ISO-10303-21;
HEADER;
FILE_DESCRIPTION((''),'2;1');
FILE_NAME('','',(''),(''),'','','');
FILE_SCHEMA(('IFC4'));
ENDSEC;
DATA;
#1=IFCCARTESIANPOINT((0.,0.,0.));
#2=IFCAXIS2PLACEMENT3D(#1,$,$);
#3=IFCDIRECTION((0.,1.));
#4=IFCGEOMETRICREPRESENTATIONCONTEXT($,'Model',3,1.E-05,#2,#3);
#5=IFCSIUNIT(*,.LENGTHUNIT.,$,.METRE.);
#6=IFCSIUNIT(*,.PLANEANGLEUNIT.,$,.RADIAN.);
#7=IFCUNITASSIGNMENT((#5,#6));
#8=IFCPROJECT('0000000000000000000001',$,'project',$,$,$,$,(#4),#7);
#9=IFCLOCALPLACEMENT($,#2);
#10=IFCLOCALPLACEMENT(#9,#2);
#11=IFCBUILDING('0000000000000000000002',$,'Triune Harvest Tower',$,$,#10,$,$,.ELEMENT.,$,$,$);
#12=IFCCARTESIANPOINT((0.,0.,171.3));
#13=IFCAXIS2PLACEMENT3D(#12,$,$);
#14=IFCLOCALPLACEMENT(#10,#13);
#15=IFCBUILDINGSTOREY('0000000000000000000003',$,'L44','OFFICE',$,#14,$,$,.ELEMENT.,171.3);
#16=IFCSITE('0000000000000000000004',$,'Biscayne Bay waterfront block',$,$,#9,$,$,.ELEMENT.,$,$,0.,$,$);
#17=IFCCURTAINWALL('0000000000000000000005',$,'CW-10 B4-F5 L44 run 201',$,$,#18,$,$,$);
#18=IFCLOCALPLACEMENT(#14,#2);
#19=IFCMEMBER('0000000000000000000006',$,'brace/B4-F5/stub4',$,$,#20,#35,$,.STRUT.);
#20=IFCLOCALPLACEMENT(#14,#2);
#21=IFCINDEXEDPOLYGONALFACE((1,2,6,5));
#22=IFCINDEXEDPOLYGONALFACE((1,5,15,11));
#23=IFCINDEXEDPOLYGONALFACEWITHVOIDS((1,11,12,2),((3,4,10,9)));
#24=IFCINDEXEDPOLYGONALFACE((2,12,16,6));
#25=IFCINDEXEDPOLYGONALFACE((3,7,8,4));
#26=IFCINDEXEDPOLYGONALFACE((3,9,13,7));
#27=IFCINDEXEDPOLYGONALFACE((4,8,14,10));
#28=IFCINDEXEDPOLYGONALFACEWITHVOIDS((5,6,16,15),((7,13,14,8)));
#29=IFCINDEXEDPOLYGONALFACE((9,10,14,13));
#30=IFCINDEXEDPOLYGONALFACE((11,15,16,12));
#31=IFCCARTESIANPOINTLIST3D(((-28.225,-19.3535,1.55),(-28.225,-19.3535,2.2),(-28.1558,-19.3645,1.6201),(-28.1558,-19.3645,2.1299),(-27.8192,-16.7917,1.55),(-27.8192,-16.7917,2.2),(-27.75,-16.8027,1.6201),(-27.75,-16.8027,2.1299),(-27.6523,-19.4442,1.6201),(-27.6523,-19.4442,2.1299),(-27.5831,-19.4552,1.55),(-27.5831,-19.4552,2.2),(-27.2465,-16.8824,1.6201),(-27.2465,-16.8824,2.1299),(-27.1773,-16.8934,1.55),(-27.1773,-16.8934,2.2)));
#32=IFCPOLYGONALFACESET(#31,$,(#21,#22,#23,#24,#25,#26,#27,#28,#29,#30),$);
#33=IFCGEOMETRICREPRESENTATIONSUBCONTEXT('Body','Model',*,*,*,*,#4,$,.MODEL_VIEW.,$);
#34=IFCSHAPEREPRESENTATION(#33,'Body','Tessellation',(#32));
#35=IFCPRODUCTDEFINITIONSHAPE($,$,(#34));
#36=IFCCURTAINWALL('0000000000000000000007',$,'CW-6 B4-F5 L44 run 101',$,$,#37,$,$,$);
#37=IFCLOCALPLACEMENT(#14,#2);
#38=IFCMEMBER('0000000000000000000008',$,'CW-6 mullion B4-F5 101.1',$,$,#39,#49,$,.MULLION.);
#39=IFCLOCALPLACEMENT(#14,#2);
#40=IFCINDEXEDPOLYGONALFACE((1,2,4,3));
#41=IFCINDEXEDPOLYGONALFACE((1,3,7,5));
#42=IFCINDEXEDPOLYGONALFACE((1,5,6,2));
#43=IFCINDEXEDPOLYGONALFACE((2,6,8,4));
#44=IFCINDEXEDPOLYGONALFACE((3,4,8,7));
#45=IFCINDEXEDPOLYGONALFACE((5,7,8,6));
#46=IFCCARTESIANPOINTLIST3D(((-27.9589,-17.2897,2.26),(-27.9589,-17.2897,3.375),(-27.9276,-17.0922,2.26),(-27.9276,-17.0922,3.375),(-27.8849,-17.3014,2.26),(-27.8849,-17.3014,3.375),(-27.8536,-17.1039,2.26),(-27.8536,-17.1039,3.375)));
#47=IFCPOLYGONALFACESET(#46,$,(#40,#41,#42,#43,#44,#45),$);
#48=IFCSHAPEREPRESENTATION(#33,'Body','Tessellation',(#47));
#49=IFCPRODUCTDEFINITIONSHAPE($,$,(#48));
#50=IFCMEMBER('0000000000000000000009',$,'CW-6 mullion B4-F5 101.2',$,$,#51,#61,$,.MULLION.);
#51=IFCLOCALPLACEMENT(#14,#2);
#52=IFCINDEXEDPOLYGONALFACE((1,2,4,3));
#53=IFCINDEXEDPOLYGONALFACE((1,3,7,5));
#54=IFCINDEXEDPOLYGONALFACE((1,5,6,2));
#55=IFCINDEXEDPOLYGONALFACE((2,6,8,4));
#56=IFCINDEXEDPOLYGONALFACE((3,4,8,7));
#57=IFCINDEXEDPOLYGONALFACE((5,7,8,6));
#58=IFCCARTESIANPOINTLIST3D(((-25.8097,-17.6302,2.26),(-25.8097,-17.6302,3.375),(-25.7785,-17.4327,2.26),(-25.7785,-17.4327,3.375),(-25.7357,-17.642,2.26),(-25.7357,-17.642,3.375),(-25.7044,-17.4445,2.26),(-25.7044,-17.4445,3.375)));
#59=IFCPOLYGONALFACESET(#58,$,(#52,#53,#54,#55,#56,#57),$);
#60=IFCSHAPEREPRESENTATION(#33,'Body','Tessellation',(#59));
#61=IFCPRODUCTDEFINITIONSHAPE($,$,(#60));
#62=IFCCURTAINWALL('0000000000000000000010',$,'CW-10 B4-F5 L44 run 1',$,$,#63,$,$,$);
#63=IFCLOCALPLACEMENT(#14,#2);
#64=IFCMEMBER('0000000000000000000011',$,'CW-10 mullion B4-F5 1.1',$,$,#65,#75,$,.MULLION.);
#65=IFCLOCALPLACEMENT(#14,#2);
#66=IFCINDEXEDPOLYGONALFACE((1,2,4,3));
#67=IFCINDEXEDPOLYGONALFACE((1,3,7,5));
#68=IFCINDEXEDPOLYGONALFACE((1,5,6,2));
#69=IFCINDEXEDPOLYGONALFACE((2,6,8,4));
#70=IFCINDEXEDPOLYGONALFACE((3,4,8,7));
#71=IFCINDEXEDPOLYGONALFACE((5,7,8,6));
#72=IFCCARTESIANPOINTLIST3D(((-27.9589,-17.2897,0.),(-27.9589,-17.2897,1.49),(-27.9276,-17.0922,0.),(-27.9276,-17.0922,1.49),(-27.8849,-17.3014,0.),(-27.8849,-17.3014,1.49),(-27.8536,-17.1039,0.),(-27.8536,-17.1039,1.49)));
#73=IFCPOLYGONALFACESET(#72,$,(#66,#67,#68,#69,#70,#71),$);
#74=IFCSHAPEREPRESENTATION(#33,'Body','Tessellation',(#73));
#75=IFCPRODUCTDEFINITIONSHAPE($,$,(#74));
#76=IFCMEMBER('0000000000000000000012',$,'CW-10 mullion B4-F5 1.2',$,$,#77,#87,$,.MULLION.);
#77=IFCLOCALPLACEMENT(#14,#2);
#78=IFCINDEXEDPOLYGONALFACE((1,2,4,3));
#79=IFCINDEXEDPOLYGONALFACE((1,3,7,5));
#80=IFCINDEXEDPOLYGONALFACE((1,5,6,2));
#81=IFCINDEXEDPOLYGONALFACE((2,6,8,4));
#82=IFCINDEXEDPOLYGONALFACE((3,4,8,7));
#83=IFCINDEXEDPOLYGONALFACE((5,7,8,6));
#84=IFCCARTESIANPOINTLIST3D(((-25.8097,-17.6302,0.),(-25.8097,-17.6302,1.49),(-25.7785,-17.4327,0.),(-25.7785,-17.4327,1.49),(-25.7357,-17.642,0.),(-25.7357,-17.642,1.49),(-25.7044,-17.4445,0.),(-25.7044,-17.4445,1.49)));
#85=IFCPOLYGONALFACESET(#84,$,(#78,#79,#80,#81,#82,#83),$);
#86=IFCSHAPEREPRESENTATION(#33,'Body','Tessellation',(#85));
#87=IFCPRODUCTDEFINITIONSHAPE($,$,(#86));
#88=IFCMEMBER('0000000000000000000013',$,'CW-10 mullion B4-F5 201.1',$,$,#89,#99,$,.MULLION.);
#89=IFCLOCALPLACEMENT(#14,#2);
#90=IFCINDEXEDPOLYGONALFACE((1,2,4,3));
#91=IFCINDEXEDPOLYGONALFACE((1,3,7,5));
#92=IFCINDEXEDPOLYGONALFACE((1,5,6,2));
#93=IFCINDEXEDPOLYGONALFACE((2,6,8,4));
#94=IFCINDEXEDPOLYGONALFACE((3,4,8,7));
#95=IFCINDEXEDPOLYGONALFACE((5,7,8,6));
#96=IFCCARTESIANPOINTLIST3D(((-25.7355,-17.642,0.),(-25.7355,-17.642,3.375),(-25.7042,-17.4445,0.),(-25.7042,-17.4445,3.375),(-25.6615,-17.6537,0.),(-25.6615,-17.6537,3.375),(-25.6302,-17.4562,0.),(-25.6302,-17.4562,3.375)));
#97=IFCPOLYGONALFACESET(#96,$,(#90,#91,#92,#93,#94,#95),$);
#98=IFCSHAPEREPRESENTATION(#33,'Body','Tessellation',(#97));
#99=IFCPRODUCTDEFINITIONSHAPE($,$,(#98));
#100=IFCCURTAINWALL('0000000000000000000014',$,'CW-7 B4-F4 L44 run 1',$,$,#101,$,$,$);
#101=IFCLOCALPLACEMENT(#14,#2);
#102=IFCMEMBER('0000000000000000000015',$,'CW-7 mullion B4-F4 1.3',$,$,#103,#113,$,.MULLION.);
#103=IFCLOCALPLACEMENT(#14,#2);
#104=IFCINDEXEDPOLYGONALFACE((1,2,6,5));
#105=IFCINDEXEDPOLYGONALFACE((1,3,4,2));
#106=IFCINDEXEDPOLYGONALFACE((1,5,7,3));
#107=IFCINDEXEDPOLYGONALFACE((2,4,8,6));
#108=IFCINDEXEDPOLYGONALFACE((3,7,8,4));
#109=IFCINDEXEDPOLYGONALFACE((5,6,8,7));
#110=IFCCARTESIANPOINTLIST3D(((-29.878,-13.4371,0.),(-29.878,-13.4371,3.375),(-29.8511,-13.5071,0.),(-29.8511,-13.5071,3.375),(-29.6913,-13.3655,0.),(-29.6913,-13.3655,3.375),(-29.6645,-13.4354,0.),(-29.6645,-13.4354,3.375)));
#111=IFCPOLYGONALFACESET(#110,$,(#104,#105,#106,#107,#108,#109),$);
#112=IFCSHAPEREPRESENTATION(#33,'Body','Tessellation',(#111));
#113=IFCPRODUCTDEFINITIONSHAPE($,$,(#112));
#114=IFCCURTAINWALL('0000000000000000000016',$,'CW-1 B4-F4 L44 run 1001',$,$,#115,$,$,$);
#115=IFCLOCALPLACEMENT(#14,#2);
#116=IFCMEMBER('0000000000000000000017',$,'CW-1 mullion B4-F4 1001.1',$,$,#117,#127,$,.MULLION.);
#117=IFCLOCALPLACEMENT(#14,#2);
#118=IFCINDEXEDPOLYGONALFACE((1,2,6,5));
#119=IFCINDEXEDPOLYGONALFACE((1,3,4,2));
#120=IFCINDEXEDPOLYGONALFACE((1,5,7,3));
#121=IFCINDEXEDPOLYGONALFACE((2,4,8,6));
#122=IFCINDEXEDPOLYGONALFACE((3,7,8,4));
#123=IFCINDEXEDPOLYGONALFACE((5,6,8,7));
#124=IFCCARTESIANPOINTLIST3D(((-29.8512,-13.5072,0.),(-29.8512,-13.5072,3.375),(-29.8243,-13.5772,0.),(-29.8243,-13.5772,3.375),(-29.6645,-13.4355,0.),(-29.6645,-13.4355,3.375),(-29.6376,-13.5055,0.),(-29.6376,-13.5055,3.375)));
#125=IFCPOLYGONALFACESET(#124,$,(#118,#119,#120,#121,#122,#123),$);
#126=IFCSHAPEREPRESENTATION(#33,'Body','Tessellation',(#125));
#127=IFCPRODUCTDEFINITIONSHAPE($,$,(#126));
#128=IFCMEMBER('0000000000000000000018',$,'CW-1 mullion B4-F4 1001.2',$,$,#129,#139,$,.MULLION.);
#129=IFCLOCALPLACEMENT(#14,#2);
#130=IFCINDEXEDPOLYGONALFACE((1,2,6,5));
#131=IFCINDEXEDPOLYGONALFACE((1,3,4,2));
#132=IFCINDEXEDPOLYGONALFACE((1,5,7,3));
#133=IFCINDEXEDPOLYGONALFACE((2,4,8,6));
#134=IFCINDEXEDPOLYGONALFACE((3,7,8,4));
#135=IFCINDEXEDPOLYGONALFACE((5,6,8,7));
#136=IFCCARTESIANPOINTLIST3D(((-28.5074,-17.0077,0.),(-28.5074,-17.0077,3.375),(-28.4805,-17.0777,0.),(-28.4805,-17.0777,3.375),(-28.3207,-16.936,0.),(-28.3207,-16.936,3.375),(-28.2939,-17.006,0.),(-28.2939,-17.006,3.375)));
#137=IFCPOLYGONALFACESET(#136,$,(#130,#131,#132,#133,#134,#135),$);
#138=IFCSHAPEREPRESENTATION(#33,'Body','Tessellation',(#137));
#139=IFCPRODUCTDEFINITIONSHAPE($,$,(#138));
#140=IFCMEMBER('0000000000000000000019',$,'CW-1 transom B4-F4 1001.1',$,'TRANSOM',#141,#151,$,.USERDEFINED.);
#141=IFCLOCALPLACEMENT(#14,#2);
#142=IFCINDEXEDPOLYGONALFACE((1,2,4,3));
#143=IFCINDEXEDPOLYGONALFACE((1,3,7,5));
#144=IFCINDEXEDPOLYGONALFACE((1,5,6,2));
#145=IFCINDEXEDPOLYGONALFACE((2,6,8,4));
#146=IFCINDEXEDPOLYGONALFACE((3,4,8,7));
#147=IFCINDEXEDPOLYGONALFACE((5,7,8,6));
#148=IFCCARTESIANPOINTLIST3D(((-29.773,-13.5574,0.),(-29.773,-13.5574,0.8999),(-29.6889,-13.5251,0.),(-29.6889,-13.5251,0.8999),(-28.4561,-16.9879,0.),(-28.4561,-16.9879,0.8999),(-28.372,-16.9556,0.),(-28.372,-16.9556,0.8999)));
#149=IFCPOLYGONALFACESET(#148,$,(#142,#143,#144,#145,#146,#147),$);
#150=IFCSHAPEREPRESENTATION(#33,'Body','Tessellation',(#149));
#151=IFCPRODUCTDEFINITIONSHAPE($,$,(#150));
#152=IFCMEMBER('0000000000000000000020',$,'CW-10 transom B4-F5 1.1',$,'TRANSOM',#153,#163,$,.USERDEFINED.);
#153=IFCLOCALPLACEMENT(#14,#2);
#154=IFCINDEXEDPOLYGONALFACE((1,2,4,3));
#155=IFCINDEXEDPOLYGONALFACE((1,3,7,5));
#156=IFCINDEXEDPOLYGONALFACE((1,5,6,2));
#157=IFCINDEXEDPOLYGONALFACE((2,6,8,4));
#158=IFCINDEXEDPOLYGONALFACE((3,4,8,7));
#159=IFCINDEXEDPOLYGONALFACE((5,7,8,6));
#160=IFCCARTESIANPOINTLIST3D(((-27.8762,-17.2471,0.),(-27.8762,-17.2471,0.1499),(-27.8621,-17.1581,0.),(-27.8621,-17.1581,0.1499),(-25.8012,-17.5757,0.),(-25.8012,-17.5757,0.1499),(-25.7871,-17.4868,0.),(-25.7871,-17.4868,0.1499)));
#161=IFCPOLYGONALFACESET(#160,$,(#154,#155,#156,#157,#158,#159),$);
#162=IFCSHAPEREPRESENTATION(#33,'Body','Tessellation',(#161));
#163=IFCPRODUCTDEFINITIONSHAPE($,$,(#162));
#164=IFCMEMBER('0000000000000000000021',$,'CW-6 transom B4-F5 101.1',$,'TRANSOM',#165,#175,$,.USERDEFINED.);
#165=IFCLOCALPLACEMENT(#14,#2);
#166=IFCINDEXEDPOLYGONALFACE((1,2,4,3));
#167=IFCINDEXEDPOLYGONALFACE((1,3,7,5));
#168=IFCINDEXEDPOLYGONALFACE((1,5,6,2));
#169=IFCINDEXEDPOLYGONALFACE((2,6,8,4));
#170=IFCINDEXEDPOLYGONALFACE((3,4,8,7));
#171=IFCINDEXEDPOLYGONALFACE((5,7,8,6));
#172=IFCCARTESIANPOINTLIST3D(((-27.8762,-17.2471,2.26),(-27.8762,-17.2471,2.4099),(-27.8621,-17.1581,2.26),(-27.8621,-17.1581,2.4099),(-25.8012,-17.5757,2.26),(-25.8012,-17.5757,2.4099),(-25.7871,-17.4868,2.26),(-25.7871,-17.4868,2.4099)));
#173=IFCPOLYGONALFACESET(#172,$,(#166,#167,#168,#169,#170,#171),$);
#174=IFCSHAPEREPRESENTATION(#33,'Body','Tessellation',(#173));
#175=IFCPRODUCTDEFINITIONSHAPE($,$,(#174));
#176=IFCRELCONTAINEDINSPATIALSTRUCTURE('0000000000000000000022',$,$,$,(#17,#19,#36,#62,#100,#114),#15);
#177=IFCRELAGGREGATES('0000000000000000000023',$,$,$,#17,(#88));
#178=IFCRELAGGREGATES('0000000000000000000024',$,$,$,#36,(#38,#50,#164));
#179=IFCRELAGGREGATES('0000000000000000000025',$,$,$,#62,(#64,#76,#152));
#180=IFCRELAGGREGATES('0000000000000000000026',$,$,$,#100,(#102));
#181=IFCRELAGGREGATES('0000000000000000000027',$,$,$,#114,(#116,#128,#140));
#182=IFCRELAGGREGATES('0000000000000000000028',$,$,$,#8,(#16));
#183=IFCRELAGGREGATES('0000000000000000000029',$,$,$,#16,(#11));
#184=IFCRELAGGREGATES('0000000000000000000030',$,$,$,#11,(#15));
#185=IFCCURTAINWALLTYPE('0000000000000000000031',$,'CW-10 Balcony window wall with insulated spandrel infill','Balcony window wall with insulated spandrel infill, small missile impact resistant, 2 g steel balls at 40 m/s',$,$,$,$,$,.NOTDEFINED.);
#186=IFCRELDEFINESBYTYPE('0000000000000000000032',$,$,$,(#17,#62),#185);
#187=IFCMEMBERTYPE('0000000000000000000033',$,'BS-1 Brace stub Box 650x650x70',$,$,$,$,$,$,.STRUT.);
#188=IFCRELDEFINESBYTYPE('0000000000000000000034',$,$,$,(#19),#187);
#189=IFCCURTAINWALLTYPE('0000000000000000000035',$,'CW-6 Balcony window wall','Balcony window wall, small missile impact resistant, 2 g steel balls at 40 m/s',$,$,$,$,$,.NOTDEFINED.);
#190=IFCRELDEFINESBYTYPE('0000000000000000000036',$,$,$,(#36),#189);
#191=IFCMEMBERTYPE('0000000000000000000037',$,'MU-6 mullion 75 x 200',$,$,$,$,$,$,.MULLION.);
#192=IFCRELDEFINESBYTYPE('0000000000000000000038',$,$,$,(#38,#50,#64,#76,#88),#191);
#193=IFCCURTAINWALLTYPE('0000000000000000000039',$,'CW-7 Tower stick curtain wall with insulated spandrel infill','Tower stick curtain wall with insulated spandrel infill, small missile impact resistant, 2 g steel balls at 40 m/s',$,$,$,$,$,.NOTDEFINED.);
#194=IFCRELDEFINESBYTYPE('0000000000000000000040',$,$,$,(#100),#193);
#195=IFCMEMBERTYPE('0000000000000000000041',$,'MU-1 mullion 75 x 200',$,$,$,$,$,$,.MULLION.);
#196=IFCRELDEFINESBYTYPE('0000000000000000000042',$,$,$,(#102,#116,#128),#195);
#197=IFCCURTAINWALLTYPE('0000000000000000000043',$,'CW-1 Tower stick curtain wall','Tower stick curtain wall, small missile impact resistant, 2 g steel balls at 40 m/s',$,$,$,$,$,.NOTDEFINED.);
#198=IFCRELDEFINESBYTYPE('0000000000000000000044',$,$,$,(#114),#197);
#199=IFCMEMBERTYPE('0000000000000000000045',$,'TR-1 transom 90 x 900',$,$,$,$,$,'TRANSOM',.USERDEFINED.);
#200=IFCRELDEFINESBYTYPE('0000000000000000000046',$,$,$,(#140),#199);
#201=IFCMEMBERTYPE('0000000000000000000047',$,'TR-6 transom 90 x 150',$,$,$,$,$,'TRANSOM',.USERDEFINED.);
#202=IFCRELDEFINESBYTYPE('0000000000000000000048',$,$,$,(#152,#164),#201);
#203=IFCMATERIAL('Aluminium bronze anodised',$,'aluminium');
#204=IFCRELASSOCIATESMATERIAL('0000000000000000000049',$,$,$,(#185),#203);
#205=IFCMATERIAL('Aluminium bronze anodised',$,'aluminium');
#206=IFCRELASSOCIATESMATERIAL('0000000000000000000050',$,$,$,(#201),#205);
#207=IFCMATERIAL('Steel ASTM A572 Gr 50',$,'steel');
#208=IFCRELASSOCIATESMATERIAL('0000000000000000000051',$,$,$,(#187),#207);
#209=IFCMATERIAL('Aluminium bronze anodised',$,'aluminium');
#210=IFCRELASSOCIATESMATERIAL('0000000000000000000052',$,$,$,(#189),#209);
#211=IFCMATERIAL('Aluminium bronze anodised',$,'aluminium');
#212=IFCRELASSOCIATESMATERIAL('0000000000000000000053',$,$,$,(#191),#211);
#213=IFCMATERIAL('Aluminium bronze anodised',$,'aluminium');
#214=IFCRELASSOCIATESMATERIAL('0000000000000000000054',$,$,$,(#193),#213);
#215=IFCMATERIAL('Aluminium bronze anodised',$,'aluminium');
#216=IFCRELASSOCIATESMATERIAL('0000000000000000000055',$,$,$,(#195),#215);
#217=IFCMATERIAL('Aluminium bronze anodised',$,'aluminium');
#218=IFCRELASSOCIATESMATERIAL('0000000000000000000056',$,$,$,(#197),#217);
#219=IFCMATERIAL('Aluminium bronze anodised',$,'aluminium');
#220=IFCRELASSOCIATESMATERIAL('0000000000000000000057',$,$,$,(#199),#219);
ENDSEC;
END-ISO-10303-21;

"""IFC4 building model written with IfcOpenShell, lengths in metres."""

from ifc_helpers import new_model, si_unit, direction, frame, origin, origin_2d, place, context, subcontext, project, spatial, rectangle, hollow_rectangle, extrude, source, transform, mapped, material, material_profile, profile_set, type_object, element, aggregate, save


model = new_model("IFC4")

# Units and contexts
model_context = context("Model", 3, precision=1e-05, world=origin(), true_north=direction((0.0, 1.0)))
body_context = subcontext(model_context, "Body", "Model", "MODEL_VIEW")
ifc_project = project(units=[si_unit("LENGTHUNIT", "METRE"), si_unit("PLANEANGLEUNIT", "RADIAN")], contexts=[model_context])

# Site, building, storey
site_placement = place(None, origin())
site = spatial("IfcSite", under=ifc_project, at=site_placement, Name="Biscayne Bay waterfront block", CompositionType="ELEMENT", RefElevation=0.0)
building_placement = place(site_placement, origin())
building = spatial("IfcBuilding", under=site, at=building_placement, Name="Triune Harvest Tower", CompositionType="ELEMENT")
storey_placement = place(building_placement, frame((0.0, 0.0, 171.3)))
storey = spatial("IfcBuildingStorey", under=building, at=storey_placement, Name="L44", Description="OFFICE", CompositionType="ELEMENT", Elevation=171.3)

# Curtain wall
ifc_material_1 = material(Name="Aluminium bronze anodised", Category="aluminium")
curtain_wall_type_1 = type_object("IfcCurtainWallType", Name="CW-10 Balcony window wall with insulated spandrel infill", Description="Balcony window wall with insulated spandrel infill, small missile impact resistant, 2 g steel balls at 40 m/s", PredefinedType="NOTDEFINED", material=ifc_material_1)
curtain_wall_1_placement = place(storey_placement, origin())
curtain_wall_1 = element("IfcCurtainWall", 1, at=curtain_wall_1_placement, inside=storey, type_object=curtain_wall_type_1, Name="CW-10 B4-F5 L44 run 201")
ifc_material_2 = material(Name="Aluminium bronze anodised", Category="aluminium")
ifc_material_profile_1 = material_profile(ifc_material_2, rectangle(XDim=0.0901, YDim=0.1499, at=origin_2d()), Name="TR-6 transom 90 x 150")
ifc_profile_set_1 = profile_set([ifc_material_profile_1], Name="Aluminium bronze anodised")
member_type_1 = type_object("IfcMemberType", Name="TR-6 transom 90 x 150", ElementType="TRANSOM", PredefinedType="USERDEFINED", material=ifc_profile_set_1)

# Member
ifc_material_3 = material(Name="Steel ASTM A572 Gr 50", Category="steel")
ifc_material_profile_2 = material_profile(ifc_material_3, hollow_rectangle(XDim=0.6499, YDim=0.6499, WallThickness=0.0701, at=origin_2d()), Name="Box 650x650x70")
ifc_profile_set_2 = profile_set([ifc_material_profile_2], Name="Steel ASTM A572 Gr 50")
member_type_2 = type_object("IfcMemberType", Name="BS-1 Brace stub Box 650x650x70", PredefinedType="STRUT", material=ifc_profile_set_2)
shared_shape_1 = source(origin(), body_context, "Body", "SweptSolid", [
    extrude(hollow_rectangle(XDim=0.6499, YDim=0.6499, WallThickness=0.0701, at=origin_2d()), origin(), (0.0, 0.0, 1.0), 2.5938),
])
member_1_placement = place(storey_placement, frame((-27.4983, -16.8425, 1.875), z_axis=(-0.156441, -0.987687, 0.0), x_axis=(0.987687, -0.156441, 0.0)))
element("IfcMember", 2, at=member_1_placement, inside=storey, type_object=member_type_2, Name="brace/B4-F5/stub4", PredefinedType="STRUT", context=body_context, shape_type="MappedRepresentation", body=[
    mapped(shared_shape_1, transform((0.0, 0.0, 0.0), scale=1.0)),
])

# Curtain walls, members
ifc_material_4 = material(Name="Aluminium bronze anodised", Category="aluminium")
curtain_wall_type_2 = type_object("IfcCurtainWallType", Name="CW-6 Balcony window wall", Description="Balcony window wall, small missile impact resistant, 2 g steel balls at 40 m/s", PredefinedType="NOTDEFINED", material=ifc_material_4)
curtain_wall_2_placement = place(storey_placement, origin())
curtain_wall_2 = element("IfcCurtainWall", 3, at=curtain_wall_2_placement, inside=storey, type_object=curtain_wall_type_2, Name="CW-6 B4-F5 L44 run 101")
ifc_material_5 = material(Name="Aluminium bronze anodised", Category="aluminium")
ifc_material_profile_3 = material_profile(ifc_material_5, rectangle(XDim=0.2, YDim=0.075, at=origin_2d()), Name="MU-6 mullion 75 x 200")
ifc_profile_set_3 = profile_set([ifc_material_profile_3], Name="Aluminium bronze anodised")
member_type_3 = type_object("IfcMemberType", Name="MU-6 mullion 75 x 200", PredefinedType="MULLION", material=ifc_profile_set_3)
shared_shape_2 = source(origin(), body_context, "Body", "SweptSolid", [
    extrude(rectangle(XDim=0.2, YDim=0.075, at=origin_2d()), origin(), (0.0, 0.0, 1.0), 1.115),
])
member_2_placement = place(storey_placement, frame((-27.9062, -17.1968, 2.26), z_axis=(0.0, 0.0, 1.0), x_axis=(0.156419, 0.987691, 0.0)))
member_2 = element("IfcMember", 4, at=member_2_placement, type_object=member_type_3, Name="CW-6 mullion B4-F5 101.1", PredefinedType="MULLION", context=body_context, shape_type="MappedRepresentation", body=[
    mapped(shared_shape_2, transform((0.0, 0.0, 0.0), scale=1.0)),
])
member_3_placement = place(storey_placement, frame((-25.7571, -17.5374, 2.26), z_axis=(0.0, 0.0, 1.0), x_axis=(0.156419, 0.987691, 0.0)))
member_3 = element("IfcMember", 5, at=member_3_placement, type_object=member_type_3, Name="CW-6 mullion B4-F5 101.2", PredefinedType="MULLION", context=body_context, shape_type="MappedRepresentation", body=[
    mapped(shared_shape_2, transform((0.0, 0.0, 0.0), scale=1.0)),
])
curtain_wall_3_placement = place(storey_placement, origin())
curtain_wall_3 = element("IfcCurtainWall", 6, at=curtain_wall_3_placement, inside=storey, type_object=curtain_wall_type_1, Name="CW-10 B4-F5 L44 run 1")
shared_shape_3 = source(origin(), body_context, "Body", "SweptSolid", [
    extrude(rectangle(XDim=0.2, YDim=0.075, at=origin_2d()), origin(), (0.0, 0.0, 1.0), 1.49),
])
member_4_placement = place(storey_placement, frame((-27.9062, -17.1968, 0.0), z_axis=(0.0, 0.0, 1.0), x_axis=(0.156419, 0.987691, 0.0)))
member_4 = element("IfcMember", 7, at=member_4_placement, type_object=member_type_3, Name="CW-10 mullion B4-F5 1.1", PredefinedType="MULLION", context=body_context, shape_type="MappedRepresentation", body=[
    mapped(shared_shape_3, transform((0.0, 0.0, 0.0), scale=1.0)),
])
member_5_placement = place(storey_placement, frame((-25.7571, -17.5374, 0.0), z_axis=(0.0, 0.0, 1.0), x_axis=(0.156419, 0.987691, 0.0)))
member_5 = element("IfcMember", 8, at=member_5_placement, type_object=member_type_3, Name="CW-10 mullion B4-F5 1.2", PredefinedType="MULLION", context=body_context, shape_type="MappedRepresentation", body=[
    mapped(shared_shape_3, transform((0.0, 0.0, 0.0), scale=1.0)),
])

# Member
shared_shape_4 = source(origin(), body_context, "Body", "SweptSolid", [
    extrude(rectangle(XDim=0.2, YDim=0.075, at=origin_2d()), origin(), (0.0, 0.0, 1.0), 3.375),
])
member_6_placement = place(storey_placement, frame((-25.6829, -17.5491, 0.0), z_axis=(0.0, 0.0, 1.0), x_axis=(0.156435, 0.987688, 0.0)))
member_6 = element("IfcMember", 9, at=member_6_placement, type_object=member_type_3, Name="CW-10 mullion B4-F5 201.1", PredefinedType="MULLION", context=body_context, shape_type="MappedRepresentation", body=[
    mapped(shared_shape_4, transform((0.0, 0.0, 0.0), scale=1.0)),
])
aggregate(curtain_wall_1, [member_6])

# Curtain wall, member
ifc_material_6 = material(Name="Aluminium bronze anodised", Category="aluminium")
curtain_wall_type_3 = type_object("IfcCurtainWallType", Name="CW-7 Tower stick curtain wall with insulated spandrel infill", Description="Tower stick curtain wall with insulated spandrel infill, small missile impact resistant, 2 g steel balls at 40 m/s", PredefinedType="NOTDEFINED", material=ifc_material_6)
curtain_wall_4_placement = place(storey_placement, origin())
curtain_wall_4 = element("IfcCurtainWall", 10, at=curtain_wall_4_placement, inside=storey, type_object=curtain_wall_type_3, Name="CW-7 B4-F4 L44 run 1")
ifc_material_7 = material(Name="Aluminium bronze anodised", Category="aluminium")
ifc_material_profile_4 = material_profile(ifc_material_7, rectangle(XDim=0.2, YDim=0.075, at=origin_2d()), Name="MU-1 mullion 75 x 200")
ifc_profile_set_4 = profile_set([ifc_material_profile_4], Name="Aluminium bronze anodised")
member_type_4 = type_object("IfcMemberType", Name="MU-1 mullion 75 x 200", PredefinedType="MULLION", material=ifc_profile_set_4)
shared_shape_5 = source(origin(), body_context, "Body", "SweptSolid", [
    extrude(rectangle(XDim=0.2, YDim=0.075, at=origin_2d()), origin(), (0.0, 0.0, 1.0), 3.375),
])
member_7_placement = place(storey_placement, frame((-29.7712, -13.4363, 0.0), z_axis=(0.0, 0.0, 1.0), x_axis=(0.933583, 0.358362, 0.0)))
member_7 = element("IfcMember", 11, at=member_7_placement, type_object=member_type_4, Name="CW-7 mullion B4-F4 1.3", PredefinedType="MULLION", context=body_context, shape_type="MappedRepresentation", body=[
    mapped(shared_shape_5, transform((0.0, 0.0, 0.0), scale=1.0)),
])

# Curtain wall, members
ifc_material_8 = material(Name="Aluminium bronze anodised", Category="aluminium")
curtain_wall_type_4 = type_object("IfcCurtainWallType", Name="CW-1 Tower stick curtain wall", Description="Tower stick curtain wall, small missile impact resistant, 2 g steel balls at 40 m/s", PredefinedType="NOTDEFINED", material=ifc_material_8)
curtain_wall_5_placement = place(storey_placement, origin())
curtain_wall_5 = element("IfcCurtainWall", 12, at=curtain_wall_5_placement, inside=storey, type_object=curtain_wall_type_4, Name="CW-1 B4-F4 L44 run 1001")
member_8_placement = place(storey_placement, frame((-29.7444, -13.5063, 0.0), z_axis=(0.0, 0.0, 1.0), x_axis=(0.933574, 0.358384, 0.0)))
member_8 = element("IfcMember", 13, at=member_8_placement, type_object=member_type_4, Name="CW-1 mullion B4-F4 1001.1", PredefinedType="MULLION", context=body_context, shape_type="MappedRepresentation", body=[
    mapped(shared_shape_5, transform((0.0, 0.0, 0.0), scale=1.0)),
])
member_9_placement = place(storey_placement, frame((-28.4006, -17.0068, 0.0), z_axis=(0.0, 0.0, 1.0), x_axis=(0.933574, 0.358384, 0.0)))
member_9 = element("IfcMember", 14, at=member_9_placement, type_object=member_type_4, Name="CW-1 mullion B4-F4 1001.2", PredefinedType="MULLION", context=body_context, shape_type="MappedRepresentation", body=[
    mapped(shared_shape_5, transform((0.0, 0.0, 0.0), scale=1.0)),
])
ifc_material_9 = material(Name="Aluminium bronze anodised", Category="aluminium")
ifc_material_profile_5 = material_profile(ifc_material_9, rectangle(XDim=0.0901, YDim=0.8999, at=origin_2d()), Name="TR-1 transom 90 x 900")
ifc_profile_set_5 = profile_set([ifc_material_profile_5], Name="Aluminium bronze anodised")
member_type_5 = type_object("IfcMemberType", Name="TR-1 transom 90 x 900", ElementType="TRANSOM", PredefinedType="USERDEFINED", material=ifc_profile_set_5)
shared_shape_6 = source(origin(), body_context, "Body", "SweptSolid", [
    extrude(rectangle(XDim=0.0901, YDim=0.8999, at=origin_2d()), origin(), (0.0, 0.0, 1.0), 3.6746),
])
member_10_placement = place(storey_placement, frame((-29.731, -13.5413, 0.45), z_axis=(0.358387, -0.933573, 0.0), x_axis=(0.933573, 0.358387, 0.0)))
member_10 = element("IfcMember", 15, at=member_10_placement, type_object=member_type_5, Name="CW-1 transom B4-F4 1001.1", ObjectType="TRANSOM", PredefinedType="USERDEFINED", context=body_context, shape_type="MappedRepresentation", body=[
    mapped(shared_shape_6, transform((0.0, 0.0, 0.0), scale=1.0)),
])

# Members
shared_shape_7 = source(origin(), body_context, "Body", "SweptSolid", [
    extrude(rectangle(XDim=0.0901, YDim=0.1499, at=origin_2d()), origin(), (0.0, 0.0, 1.0), 2.1008),
])
member_11_placement = place(storey_placement, frame((-27.8691, -17.2026, 0.075), z_axis=(0.98769, -0.156422, 0.0), x_axis=(0.156422, 0.98769, 0.0)))
member_11 = element("IfcMember", 16, at=member_11_placement, type_object=member_type_1, Name="CW-10 transom B4-F5 1.1", ObjectType="TRANSOM", PredefinedType="USERDEFINED", context=body_context, shape_type="MappedRepresentation", body=[
    mapped(shared_shape_7, transform((0.0, 0.0, 0.0), scale=1.0)),
])
member_12_placement = place(storey_placement, frame((-27.8691, -17.2026, 2.335), z_axis=(0.98769, -0.156422, 0.0), x_axis=(0.156422, 0.98769, 0.0)))
member_12 = element("IfcMember", 17, at=member_12_placement, type_object=member_type_1, Name="CW-6 transom B4-F5 101.1", ObjectType="TRANSOM", PredefinedType="USERDEFINED", context=body_context, shape_type="MappedRepresentation", body=[
    mapped(shared_shape_7, transform((0.0, 0.0, 0.0), scale=1.0)),
])

aggregate(curtain_wall_2, [member_2, member_3, member_12])
aggregate(curtain_wall_3, [member_4, member_5, member_11])
aggregate(curtain_wall_4, [member_7])
aggregate(curtain_wall_5, [member_8, member_9, member_10])

save(model, "model.ifc")
